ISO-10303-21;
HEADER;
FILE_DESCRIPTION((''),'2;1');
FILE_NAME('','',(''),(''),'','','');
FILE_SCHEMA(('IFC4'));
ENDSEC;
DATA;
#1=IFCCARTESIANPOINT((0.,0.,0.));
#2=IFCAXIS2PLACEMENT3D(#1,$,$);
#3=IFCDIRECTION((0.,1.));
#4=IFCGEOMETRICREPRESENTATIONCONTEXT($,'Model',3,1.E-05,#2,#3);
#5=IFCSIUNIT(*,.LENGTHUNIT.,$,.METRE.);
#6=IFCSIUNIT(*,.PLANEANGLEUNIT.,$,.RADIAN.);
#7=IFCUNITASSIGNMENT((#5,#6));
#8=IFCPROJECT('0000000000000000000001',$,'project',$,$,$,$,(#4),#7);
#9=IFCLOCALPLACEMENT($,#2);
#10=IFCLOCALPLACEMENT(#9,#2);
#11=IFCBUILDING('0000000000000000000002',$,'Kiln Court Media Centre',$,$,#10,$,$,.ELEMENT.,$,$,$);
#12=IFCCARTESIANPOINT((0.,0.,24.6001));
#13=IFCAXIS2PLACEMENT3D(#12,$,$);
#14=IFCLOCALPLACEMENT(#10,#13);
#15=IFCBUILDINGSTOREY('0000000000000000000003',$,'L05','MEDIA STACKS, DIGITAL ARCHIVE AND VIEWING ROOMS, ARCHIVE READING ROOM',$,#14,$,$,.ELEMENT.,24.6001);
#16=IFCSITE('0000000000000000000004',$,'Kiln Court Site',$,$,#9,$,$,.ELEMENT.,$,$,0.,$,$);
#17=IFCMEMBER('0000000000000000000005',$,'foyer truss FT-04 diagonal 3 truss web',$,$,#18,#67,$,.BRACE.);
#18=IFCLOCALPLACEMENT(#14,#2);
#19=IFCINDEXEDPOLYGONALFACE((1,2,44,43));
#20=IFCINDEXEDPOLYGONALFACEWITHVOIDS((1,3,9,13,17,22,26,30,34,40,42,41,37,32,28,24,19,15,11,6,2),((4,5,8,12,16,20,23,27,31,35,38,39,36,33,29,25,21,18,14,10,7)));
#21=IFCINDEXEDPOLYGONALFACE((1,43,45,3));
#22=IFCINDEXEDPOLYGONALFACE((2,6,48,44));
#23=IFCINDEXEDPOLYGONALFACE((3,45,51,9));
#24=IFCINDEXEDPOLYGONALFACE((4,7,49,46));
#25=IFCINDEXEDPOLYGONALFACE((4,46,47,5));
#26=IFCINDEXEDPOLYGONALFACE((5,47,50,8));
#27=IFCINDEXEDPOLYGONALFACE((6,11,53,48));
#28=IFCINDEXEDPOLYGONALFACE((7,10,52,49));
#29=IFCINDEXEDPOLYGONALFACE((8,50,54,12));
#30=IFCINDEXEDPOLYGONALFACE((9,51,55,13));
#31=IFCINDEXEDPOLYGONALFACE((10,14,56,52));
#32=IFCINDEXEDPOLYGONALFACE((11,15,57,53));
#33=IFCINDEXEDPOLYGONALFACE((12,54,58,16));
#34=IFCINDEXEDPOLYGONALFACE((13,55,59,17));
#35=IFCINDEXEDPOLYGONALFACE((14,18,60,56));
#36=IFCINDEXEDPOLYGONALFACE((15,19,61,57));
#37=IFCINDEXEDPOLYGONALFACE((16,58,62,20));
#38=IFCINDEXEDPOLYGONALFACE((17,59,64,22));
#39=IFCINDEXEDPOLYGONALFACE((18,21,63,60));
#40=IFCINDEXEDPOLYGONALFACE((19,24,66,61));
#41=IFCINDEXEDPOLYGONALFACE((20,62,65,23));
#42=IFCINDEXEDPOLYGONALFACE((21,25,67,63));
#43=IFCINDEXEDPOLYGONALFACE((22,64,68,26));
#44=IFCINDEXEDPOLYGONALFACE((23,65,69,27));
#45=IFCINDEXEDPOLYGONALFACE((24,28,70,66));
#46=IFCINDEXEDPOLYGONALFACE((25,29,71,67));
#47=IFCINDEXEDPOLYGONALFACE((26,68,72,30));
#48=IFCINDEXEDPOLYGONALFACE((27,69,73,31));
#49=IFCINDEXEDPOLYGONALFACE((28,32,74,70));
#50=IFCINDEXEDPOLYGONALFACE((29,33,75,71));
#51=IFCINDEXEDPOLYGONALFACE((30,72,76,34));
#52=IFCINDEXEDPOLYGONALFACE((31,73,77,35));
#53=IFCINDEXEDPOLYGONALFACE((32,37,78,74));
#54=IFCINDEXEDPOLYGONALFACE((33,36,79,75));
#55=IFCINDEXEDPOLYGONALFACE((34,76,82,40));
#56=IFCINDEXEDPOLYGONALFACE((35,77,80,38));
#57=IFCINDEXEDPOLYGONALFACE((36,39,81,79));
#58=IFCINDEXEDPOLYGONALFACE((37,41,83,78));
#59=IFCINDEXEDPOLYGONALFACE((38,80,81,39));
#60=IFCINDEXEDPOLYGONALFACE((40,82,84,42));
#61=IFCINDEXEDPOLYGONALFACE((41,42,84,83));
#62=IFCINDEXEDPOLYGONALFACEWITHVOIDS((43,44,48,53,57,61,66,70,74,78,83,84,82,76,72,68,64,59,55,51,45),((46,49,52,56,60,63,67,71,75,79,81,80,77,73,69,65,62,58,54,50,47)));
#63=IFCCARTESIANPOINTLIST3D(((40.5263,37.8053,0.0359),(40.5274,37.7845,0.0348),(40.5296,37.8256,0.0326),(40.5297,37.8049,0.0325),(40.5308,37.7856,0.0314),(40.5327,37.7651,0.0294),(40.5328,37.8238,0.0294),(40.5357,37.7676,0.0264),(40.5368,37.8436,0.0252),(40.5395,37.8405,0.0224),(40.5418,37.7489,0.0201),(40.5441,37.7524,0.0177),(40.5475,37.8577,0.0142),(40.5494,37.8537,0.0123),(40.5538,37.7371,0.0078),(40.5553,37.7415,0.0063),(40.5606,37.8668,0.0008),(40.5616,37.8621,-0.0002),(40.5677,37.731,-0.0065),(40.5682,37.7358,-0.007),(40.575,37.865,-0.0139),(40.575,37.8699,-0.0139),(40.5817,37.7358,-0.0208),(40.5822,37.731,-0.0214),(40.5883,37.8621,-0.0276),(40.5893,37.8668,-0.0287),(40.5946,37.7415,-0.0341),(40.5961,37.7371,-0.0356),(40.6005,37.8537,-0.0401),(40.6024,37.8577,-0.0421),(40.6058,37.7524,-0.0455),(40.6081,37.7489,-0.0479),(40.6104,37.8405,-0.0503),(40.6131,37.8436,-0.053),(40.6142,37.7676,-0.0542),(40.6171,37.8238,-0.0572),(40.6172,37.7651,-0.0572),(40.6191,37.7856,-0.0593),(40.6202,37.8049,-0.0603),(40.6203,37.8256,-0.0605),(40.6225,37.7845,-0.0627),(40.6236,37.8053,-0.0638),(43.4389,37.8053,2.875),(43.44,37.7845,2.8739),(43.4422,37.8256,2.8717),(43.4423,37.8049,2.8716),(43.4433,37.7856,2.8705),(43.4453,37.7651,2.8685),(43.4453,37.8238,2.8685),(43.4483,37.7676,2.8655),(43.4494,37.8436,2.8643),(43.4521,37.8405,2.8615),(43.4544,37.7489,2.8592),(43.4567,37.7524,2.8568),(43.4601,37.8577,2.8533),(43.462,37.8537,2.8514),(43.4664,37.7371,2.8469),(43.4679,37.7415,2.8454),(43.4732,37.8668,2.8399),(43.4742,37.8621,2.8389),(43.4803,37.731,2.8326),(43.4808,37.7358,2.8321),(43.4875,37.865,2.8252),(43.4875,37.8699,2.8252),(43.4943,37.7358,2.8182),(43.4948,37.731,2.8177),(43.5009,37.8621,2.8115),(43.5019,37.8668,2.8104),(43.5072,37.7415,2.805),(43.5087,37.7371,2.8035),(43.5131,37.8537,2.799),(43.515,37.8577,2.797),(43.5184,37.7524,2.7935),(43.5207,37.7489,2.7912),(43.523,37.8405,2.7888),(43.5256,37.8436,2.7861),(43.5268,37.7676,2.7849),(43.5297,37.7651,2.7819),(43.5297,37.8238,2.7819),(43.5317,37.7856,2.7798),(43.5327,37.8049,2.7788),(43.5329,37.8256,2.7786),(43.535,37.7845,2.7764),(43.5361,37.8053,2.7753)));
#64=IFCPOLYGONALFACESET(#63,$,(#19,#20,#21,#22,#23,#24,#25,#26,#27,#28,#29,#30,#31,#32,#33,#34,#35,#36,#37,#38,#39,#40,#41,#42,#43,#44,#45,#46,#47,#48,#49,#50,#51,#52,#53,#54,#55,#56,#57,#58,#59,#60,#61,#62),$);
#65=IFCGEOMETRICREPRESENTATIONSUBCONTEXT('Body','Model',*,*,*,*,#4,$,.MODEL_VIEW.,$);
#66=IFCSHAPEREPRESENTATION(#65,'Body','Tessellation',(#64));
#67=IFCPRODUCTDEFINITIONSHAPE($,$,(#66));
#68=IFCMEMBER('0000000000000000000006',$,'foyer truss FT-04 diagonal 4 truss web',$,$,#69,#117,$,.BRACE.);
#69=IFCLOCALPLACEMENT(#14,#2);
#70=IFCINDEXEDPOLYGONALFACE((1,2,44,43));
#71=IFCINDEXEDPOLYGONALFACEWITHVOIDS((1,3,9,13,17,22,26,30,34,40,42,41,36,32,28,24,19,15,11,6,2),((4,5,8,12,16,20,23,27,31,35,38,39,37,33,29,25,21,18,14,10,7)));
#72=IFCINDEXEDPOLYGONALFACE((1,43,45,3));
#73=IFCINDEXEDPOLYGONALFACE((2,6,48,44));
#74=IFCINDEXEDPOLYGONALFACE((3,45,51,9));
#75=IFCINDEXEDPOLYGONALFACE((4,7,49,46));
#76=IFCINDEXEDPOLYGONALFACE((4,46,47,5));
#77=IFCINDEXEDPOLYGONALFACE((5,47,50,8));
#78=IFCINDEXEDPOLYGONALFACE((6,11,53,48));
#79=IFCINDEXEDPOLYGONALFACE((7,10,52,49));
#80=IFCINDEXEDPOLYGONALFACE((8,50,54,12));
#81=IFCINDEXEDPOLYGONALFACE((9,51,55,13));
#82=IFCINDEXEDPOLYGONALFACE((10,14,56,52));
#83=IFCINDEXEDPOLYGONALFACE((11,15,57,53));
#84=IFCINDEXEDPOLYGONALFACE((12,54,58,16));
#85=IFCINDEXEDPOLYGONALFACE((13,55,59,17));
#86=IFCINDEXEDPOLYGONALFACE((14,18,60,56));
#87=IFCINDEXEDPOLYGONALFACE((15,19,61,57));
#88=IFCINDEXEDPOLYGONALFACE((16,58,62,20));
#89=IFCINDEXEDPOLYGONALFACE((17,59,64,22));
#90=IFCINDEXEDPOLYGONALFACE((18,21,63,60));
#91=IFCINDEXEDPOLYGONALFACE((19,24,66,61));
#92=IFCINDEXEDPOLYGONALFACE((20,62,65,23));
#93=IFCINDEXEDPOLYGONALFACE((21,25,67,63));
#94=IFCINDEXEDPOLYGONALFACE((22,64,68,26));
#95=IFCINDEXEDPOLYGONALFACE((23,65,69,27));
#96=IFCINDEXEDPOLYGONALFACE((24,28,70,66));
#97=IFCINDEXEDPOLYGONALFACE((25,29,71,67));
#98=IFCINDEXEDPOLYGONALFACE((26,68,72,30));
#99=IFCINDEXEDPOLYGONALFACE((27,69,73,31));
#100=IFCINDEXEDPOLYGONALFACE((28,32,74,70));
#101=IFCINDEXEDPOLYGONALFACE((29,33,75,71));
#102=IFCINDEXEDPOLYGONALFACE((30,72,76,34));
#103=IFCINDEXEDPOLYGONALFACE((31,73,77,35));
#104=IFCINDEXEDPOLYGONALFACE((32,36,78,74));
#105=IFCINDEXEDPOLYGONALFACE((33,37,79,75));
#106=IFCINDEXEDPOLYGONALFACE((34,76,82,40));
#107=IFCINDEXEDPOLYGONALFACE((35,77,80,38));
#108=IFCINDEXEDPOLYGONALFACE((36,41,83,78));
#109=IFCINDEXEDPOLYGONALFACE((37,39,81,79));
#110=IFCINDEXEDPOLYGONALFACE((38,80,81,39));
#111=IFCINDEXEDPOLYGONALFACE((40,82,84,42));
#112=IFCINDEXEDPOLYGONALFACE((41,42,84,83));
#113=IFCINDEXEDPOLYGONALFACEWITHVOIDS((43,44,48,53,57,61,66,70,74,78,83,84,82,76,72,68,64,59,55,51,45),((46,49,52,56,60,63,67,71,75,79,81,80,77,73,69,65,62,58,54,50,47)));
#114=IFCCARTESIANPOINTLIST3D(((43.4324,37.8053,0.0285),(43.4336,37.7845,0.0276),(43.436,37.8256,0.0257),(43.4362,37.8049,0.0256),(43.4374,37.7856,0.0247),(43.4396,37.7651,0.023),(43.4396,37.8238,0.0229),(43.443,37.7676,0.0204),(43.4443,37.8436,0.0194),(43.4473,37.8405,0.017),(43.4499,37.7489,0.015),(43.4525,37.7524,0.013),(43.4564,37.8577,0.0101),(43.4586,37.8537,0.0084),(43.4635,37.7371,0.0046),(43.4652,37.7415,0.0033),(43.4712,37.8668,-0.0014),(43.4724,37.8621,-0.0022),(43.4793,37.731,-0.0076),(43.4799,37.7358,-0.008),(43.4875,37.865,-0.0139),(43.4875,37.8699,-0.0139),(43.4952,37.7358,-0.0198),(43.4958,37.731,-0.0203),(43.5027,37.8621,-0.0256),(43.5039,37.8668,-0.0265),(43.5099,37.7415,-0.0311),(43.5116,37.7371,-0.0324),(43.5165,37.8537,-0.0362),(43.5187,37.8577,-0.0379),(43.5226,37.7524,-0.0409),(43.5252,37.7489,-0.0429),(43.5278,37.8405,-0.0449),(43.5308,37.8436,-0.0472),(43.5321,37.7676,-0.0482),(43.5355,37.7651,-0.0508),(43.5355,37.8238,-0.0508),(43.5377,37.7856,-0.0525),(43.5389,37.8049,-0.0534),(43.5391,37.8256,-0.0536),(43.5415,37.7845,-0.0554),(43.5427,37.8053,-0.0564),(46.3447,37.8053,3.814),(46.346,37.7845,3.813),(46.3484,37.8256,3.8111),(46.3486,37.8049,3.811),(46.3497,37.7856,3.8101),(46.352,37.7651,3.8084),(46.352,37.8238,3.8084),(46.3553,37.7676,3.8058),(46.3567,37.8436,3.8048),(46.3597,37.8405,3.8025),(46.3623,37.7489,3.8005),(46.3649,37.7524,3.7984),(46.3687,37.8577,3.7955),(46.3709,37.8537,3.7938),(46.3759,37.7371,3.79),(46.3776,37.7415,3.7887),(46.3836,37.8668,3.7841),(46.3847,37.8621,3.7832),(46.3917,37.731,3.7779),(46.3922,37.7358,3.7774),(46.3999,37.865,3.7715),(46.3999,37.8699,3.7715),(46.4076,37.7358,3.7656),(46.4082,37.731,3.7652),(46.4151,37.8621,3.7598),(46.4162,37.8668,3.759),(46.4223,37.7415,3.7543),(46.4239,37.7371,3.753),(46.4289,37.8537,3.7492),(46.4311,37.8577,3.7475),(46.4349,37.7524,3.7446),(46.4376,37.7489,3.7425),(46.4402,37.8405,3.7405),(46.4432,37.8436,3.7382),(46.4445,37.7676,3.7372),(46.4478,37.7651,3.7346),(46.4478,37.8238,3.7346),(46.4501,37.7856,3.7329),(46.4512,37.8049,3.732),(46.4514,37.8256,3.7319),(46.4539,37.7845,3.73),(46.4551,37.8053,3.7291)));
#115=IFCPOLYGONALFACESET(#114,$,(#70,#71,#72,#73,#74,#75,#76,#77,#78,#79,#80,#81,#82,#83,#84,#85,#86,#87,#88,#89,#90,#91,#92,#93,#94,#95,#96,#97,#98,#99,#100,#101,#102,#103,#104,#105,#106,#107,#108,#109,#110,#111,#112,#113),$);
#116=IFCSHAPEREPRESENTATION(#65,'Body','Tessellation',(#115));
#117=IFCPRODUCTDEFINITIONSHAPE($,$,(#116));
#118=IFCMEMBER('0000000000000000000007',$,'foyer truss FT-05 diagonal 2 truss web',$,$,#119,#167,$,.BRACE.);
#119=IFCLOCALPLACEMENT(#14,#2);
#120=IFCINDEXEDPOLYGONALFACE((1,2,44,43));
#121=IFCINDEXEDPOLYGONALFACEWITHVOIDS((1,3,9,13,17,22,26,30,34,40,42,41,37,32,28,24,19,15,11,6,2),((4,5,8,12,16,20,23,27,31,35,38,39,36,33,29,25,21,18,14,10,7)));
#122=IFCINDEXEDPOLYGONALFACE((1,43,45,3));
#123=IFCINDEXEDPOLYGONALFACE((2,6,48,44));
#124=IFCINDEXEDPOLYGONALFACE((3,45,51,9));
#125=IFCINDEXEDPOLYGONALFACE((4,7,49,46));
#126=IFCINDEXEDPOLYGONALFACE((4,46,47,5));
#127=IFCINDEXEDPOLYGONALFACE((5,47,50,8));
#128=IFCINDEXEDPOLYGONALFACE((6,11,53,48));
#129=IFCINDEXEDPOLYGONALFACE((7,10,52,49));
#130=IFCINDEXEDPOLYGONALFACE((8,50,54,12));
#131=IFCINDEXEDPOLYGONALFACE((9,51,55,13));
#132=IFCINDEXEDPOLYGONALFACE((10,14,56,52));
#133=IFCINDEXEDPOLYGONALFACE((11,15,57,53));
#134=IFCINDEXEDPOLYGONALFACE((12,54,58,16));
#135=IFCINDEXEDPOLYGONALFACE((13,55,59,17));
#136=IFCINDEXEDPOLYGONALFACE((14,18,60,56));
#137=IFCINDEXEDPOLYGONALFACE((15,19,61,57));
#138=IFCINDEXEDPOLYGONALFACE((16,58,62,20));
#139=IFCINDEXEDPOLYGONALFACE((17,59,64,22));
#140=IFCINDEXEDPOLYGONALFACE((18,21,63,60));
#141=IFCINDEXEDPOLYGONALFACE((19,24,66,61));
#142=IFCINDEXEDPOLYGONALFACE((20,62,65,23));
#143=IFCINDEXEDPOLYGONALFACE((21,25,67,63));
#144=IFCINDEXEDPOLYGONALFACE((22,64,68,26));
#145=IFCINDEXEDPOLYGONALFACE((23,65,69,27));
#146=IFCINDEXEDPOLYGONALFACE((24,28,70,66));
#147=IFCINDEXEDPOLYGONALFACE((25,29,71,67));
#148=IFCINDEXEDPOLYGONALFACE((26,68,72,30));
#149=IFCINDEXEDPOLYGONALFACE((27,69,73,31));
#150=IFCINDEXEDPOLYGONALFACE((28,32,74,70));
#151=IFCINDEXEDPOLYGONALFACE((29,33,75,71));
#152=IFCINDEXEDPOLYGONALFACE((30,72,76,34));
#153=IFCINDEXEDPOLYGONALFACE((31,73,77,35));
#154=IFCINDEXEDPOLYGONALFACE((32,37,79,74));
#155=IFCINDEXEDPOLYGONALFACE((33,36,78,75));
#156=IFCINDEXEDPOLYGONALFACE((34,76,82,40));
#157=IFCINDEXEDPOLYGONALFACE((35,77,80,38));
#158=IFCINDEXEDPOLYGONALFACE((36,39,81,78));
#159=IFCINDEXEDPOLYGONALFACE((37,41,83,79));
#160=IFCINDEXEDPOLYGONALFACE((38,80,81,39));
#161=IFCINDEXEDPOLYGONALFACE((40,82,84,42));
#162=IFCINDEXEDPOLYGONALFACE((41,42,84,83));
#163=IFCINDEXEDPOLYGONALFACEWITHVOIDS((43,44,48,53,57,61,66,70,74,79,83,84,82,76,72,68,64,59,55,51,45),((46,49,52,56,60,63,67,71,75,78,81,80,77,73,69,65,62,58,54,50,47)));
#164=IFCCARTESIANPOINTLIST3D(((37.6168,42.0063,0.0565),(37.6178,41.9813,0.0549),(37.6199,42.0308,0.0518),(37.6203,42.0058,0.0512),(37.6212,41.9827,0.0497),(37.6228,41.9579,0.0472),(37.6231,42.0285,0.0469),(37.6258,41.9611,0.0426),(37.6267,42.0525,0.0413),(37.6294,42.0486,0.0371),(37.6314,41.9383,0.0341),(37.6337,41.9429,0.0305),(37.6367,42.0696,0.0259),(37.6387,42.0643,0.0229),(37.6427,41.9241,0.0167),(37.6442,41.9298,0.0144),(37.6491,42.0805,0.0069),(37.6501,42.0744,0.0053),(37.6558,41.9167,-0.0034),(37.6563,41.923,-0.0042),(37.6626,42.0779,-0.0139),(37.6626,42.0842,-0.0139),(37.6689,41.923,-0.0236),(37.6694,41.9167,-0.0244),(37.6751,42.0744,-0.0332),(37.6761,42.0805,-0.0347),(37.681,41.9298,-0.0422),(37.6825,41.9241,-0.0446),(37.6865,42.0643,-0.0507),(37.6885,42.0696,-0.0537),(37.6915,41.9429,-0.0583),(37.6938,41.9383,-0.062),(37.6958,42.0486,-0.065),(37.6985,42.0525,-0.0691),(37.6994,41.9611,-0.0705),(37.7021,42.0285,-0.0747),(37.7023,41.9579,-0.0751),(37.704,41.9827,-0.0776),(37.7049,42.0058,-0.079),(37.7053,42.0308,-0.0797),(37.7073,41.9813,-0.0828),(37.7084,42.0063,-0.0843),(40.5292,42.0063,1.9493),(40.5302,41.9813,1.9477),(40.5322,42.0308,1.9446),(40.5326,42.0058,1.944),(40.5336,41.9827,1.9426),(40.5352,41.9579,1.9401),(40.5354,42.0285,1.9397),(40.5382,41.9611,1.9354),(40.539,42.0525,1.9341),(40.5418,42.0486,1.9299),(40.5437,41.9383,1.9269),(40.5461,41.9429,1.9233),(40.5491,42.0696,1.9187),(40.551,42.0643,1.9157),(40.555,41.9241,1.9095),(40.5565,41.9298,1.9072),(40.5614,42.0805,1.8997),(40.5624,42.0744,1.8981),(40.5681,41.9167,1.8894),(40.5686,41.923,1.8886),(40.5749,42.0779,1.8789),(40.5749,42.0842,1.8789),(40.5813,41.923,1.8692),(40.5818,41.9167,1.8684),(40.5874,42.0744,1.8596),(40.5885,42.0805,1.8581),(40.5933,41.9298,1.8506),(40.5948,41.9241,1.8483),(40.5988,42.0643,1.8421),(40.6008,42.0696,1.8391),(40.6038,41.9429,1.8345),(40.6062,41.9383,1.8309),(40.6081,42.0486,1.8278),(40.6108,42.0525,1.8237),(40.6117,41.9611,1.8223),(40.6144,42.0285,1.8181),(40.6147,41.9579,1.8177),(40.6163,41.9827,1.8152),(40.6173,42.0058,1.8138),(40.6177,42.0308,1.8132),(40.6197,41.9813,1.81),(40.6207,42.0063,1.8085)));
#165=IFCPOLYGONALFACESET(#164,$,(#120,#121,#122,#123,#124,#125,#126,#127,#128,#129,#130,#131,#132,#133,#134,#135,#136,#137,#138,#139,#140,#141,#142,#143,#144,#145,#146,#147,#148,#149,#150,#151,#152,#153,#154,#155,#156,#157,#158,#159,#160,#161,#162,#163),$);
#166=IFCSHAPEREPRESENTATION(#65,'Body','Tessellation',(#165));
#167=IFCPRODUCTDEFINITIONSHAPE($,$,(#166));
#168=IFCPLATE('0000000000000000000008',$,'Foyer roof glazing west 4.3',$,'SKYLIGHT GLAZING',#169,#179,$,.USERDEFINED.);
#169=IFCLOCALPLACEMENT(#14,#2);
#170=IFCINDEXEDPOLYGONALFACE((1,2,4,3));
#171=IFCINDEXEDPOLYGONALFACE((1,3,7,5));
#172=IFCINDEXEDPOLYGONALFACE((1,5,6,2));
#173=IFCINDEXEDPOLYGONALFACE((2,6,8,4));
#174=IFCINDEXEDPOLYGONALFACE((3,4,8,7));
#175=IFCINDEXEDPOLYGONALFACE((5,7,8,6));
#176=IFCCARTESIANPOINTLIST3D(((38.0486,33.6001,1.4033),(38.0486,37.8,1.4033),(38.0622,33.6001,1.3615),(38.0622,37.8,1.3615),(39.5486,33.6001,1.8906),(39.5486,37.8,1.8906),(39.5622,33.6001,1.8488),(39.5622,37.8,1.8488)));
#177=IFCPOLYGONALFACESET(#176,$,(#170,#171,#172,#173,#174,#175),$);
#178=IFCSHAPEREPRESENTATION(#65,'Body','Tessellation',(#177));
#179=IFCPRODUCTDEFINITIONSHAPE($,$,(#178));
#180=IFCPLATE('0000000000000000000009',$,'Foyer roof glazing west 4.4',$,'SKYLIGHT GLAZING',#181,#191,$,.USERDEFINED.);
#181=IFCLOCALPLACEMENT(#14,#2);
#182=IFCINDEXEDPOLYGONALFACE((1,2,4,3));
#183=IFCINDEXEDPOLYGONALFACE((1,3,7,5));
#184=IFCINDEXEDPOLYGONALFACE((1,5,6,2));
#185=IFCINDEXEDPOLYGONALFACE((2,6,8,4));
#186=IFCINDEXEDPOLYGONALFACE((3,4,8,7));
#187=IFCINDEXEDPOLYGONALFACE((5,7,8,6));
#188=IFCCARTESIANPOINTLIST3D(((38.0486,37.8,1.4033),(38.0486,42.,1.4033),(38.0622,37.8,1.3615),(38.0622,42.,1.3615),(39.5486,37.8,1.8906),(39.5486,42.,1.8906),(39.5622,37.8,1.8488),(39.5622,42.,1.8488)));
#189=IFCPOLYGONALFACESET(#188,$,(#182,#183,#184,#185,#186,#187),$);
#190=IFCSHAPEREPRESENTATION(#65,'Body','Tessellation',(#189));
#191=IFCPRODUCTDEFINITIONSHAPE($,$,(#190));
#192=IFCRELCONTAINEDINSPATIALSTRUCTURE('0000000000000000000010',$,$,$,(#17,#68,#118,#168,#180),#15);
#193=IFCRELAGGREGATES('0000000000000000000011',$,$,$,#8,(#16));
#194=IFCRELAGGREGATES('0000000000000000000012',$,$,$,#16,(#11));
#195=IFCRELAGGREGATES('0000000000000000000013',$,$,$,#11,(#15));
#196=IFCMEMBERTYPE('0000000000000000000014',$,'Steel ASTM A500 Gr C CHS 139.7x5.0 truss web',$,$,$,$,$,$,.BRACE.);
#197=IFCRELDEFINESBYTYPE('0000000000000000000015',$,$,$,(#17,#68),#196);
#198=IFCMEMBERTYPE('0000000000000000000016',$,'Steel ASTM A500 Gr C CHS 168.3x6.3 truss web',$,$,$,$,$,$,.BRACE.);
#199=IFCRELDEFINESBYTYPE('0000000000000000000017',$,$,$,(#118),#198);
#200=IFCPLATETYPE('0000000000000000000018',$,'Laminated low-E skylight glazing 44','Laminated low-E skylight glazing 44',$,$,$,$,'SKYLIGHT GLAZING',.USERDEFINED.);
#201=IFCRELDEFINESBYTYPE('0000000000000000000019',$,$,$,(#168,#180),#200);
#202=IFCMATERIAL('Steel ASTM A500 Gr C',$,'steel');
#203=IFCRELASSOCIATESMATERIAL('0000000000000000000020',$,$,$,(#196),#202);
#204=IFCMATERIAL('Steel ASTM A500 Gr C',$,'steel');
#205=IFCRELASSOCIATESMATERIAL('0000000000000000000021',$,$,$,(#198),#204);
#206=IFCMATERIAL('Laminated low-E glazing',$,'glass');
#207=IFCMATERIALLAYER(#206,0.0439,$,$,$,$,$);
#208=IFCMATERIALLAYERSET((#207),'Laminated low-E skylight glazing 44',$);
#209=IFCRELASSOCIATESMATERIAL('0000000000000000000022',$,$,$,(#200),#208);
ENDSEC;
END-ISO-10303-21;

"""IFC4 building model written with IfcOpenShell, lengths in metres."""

from ifc_helpers import new_model, si_unit, direction, frame, origin, origin_2d, place, context, subcontext, project, spatial, polyline, hollow_circle, outline, extrude, material, layer, layer_set, material_profile, profile_set, type_object, element, save


model = new_model("IFC4")

# Units and contexts
model_context = context("Model", 3, precision=1e-05, world=origin(), true_north=direction((0.0, 1.0)))
body_context = subcontext(model_context, "Body", "Model", "MODEL_VIEW")
ifc_project = project(units=[si_unit("LENGTHUNIT", "METRE"), si_unit("PLANEANGLEUNIT", "RADIAN")], contexts=[model_context])

# Site, building, storey
site_placement = place(None, origin())
site = spatial("IfcSite", under=ifc_project, at=site_placement, Name="Kiln Court Site", CompositionType="ELEMENT", RefElevation=0.0)
building_placement = place(site_placement, origin())
building = spatial("IfcBuilding", under=site, at=building_placement, Name="Kiln Court Media Centre", CompositionType="ELEMENT")
storey_placement = place(building_placement, frame((0.0, 0.0, 24.6001)))
storey = spatial("IfcBuildingStorey", under=building, at=storey_placement, Name="L05", Description="MEDIA STACKS, DIGITAL ARCHIVE AND VIEWING ROOMS, ARCHIVE READING ROOM", CompositionType="ELEMENT", Elevation=24.6001)

# Members
ifc_material_1 = material(Name="Steel ASTM A500 Gr C", Category="steel")
ifc_material_profile_1 = material_profile(ifc_material_1, hollow_circle(Radius=0.0698, WallThickness=0.0049, at=origin_2d()), Name="CHS 139.7x5.0")
ifc_profile_set_1 = profile_set([ifc_material_profile_1], Name="Steel ASTM A500 Gr C")
member_type_1 = type_object("IfcMemberType", Name="Steel ASTM A500 Gr C CHS 139.7x5.0 truss web", PredefinedType="BRACE", material=ifc_profile_set_1)
member_1_placement = place(storey_placement, frame((40.575, 37.8, -0.0139), z_axis=(0.716083, 0.0, 0.698016), x_axis=(0.0, 1.0, 0.0)))
element("IfcMember", 1, at=member_1_placement, inside=storey, type_object=member_type_1, Name="foyer truss FT-04 diagonal 3 truss web", PredefinedType="BRACE", context=body_context, shape_type="SweptSolid", body=[
    extrude(hollow_circle(Radius=0.0698, WallThickness=0.0049, at=origin_2d()), origin(), (0.0, 0.0, 1.0), 4.0674),
])
member_2_placement = place(storey_placement, frame((43.4875, 37.8, -0.0139), z_axis=(0.609777, 0.0, 0.792573), x_axis=(0.0, 1.0, 0.0)))
element("IfcMember", 2, at=member_2_placement, inside=storey, type_object=member_type_1, Name="foyer truss FT-04 diagonal 4 truss web", PredefinedType="BRACE", context=body_context, shape_type="SweptSolid", body=[
    extrude(hollow_circle(Radius=0.0698, WallThickness=0.0049, at=origin_2d()), origin(), (0.0, 0.0, 1.0), 4.7761),
])
ifc_material_2 = material(Name="Steel ASTM A500 Gr C", Category="steel")
ifc_material_profile_2 = material_profile(ifc_material_2, hollow_circle(Radius=0.0842, WallThickness=0.0063, at=origin_2d()), Name="CHS 168.3x6.3")
ifc_profile_set_2 = profile_set([ifc_material_profile_2], Name="Steel ASTM A500 Gr C")
member_type_2 = type_object("IfcMemberType", Name="Steel ASTM A500 Gr C CHS 168.3x6.3 truss web", PredefinedType="BRACE", material=ifc_profile_set_2)
member_3_placement = place(storey_placement, frame((37.6626, 42.0, -0.0139), z_axis=(0.838471, 0.0, 0.544946), x_axis=(0.0, 1.0, 0.0)))
element("IfcMember", 3, at=member_3_placement, inside=storey, type_object=member_type_2, Name="foyer truss FT-05 diagonal 2 truss web", PredefinedType="BRACE", context=body_context, shape_type="SweptSolid", body=[
    extrude(hollow_circle(Radius=0.0842, WallThickness=0.0063, at=origin_2d()), origin(), (0.0, 0.0, 1.0), 3.4734),
])

# Plates
ifc_material_3 = material(Name="Laminated low-E glazing", Category="glass")
ifc_layer_1 = layer(ifc_material_3, 0.0439)
ifc_layer_set_1 = layer_set([ifc_layer_1], Name="Laminated low-E skylight glazing 44")
plate_type_1 = type_object("IfcPlateType", Name="Laminated low-E skylight glazing 44", Description="Laminated low-E skylight glazing 44", ElementType="SKYLIGHT GLAZING", PredefinedType="USERDEFINED", material=ifc_layer_set_1)
for number, where, z_axis, x_axis, name in (
    (4, (38.0486, 33.6001, 1.4033), (-0.308974, 0.0, 0.95107), (0.95107, 0.0, 0.308974), "Foyer roof glazing west 4.3"),
    (5, (38.0486, 37.8, 1.4033), (-0.308974, 0.0, 0.95107), (0.95107, 0.0, 0.308974), "Foyer roof glazing west 4.4"),
):
    element("IfcPlate", number, at=place(storey_placement, frame(where, z_axis=z_axis, x_axis=x_axis)), inside=storey, type_object=plate_type_1, Name=name, ObjectType="SKYLIGHT GLAZING", PredefinedType="USERDEFINED", context=body_context, shape_type="SweptSolid", body=[
        extrude(outline(polyline([(0.0, 0.0), (1.5772, 0.0), (1.5772, 4.2), (0.0, 4.2), (0.0, 0.0)])), origin(), (0.0, 0.0, -1.0), 0.0439),
    ])

save(model, "model.ifc")
